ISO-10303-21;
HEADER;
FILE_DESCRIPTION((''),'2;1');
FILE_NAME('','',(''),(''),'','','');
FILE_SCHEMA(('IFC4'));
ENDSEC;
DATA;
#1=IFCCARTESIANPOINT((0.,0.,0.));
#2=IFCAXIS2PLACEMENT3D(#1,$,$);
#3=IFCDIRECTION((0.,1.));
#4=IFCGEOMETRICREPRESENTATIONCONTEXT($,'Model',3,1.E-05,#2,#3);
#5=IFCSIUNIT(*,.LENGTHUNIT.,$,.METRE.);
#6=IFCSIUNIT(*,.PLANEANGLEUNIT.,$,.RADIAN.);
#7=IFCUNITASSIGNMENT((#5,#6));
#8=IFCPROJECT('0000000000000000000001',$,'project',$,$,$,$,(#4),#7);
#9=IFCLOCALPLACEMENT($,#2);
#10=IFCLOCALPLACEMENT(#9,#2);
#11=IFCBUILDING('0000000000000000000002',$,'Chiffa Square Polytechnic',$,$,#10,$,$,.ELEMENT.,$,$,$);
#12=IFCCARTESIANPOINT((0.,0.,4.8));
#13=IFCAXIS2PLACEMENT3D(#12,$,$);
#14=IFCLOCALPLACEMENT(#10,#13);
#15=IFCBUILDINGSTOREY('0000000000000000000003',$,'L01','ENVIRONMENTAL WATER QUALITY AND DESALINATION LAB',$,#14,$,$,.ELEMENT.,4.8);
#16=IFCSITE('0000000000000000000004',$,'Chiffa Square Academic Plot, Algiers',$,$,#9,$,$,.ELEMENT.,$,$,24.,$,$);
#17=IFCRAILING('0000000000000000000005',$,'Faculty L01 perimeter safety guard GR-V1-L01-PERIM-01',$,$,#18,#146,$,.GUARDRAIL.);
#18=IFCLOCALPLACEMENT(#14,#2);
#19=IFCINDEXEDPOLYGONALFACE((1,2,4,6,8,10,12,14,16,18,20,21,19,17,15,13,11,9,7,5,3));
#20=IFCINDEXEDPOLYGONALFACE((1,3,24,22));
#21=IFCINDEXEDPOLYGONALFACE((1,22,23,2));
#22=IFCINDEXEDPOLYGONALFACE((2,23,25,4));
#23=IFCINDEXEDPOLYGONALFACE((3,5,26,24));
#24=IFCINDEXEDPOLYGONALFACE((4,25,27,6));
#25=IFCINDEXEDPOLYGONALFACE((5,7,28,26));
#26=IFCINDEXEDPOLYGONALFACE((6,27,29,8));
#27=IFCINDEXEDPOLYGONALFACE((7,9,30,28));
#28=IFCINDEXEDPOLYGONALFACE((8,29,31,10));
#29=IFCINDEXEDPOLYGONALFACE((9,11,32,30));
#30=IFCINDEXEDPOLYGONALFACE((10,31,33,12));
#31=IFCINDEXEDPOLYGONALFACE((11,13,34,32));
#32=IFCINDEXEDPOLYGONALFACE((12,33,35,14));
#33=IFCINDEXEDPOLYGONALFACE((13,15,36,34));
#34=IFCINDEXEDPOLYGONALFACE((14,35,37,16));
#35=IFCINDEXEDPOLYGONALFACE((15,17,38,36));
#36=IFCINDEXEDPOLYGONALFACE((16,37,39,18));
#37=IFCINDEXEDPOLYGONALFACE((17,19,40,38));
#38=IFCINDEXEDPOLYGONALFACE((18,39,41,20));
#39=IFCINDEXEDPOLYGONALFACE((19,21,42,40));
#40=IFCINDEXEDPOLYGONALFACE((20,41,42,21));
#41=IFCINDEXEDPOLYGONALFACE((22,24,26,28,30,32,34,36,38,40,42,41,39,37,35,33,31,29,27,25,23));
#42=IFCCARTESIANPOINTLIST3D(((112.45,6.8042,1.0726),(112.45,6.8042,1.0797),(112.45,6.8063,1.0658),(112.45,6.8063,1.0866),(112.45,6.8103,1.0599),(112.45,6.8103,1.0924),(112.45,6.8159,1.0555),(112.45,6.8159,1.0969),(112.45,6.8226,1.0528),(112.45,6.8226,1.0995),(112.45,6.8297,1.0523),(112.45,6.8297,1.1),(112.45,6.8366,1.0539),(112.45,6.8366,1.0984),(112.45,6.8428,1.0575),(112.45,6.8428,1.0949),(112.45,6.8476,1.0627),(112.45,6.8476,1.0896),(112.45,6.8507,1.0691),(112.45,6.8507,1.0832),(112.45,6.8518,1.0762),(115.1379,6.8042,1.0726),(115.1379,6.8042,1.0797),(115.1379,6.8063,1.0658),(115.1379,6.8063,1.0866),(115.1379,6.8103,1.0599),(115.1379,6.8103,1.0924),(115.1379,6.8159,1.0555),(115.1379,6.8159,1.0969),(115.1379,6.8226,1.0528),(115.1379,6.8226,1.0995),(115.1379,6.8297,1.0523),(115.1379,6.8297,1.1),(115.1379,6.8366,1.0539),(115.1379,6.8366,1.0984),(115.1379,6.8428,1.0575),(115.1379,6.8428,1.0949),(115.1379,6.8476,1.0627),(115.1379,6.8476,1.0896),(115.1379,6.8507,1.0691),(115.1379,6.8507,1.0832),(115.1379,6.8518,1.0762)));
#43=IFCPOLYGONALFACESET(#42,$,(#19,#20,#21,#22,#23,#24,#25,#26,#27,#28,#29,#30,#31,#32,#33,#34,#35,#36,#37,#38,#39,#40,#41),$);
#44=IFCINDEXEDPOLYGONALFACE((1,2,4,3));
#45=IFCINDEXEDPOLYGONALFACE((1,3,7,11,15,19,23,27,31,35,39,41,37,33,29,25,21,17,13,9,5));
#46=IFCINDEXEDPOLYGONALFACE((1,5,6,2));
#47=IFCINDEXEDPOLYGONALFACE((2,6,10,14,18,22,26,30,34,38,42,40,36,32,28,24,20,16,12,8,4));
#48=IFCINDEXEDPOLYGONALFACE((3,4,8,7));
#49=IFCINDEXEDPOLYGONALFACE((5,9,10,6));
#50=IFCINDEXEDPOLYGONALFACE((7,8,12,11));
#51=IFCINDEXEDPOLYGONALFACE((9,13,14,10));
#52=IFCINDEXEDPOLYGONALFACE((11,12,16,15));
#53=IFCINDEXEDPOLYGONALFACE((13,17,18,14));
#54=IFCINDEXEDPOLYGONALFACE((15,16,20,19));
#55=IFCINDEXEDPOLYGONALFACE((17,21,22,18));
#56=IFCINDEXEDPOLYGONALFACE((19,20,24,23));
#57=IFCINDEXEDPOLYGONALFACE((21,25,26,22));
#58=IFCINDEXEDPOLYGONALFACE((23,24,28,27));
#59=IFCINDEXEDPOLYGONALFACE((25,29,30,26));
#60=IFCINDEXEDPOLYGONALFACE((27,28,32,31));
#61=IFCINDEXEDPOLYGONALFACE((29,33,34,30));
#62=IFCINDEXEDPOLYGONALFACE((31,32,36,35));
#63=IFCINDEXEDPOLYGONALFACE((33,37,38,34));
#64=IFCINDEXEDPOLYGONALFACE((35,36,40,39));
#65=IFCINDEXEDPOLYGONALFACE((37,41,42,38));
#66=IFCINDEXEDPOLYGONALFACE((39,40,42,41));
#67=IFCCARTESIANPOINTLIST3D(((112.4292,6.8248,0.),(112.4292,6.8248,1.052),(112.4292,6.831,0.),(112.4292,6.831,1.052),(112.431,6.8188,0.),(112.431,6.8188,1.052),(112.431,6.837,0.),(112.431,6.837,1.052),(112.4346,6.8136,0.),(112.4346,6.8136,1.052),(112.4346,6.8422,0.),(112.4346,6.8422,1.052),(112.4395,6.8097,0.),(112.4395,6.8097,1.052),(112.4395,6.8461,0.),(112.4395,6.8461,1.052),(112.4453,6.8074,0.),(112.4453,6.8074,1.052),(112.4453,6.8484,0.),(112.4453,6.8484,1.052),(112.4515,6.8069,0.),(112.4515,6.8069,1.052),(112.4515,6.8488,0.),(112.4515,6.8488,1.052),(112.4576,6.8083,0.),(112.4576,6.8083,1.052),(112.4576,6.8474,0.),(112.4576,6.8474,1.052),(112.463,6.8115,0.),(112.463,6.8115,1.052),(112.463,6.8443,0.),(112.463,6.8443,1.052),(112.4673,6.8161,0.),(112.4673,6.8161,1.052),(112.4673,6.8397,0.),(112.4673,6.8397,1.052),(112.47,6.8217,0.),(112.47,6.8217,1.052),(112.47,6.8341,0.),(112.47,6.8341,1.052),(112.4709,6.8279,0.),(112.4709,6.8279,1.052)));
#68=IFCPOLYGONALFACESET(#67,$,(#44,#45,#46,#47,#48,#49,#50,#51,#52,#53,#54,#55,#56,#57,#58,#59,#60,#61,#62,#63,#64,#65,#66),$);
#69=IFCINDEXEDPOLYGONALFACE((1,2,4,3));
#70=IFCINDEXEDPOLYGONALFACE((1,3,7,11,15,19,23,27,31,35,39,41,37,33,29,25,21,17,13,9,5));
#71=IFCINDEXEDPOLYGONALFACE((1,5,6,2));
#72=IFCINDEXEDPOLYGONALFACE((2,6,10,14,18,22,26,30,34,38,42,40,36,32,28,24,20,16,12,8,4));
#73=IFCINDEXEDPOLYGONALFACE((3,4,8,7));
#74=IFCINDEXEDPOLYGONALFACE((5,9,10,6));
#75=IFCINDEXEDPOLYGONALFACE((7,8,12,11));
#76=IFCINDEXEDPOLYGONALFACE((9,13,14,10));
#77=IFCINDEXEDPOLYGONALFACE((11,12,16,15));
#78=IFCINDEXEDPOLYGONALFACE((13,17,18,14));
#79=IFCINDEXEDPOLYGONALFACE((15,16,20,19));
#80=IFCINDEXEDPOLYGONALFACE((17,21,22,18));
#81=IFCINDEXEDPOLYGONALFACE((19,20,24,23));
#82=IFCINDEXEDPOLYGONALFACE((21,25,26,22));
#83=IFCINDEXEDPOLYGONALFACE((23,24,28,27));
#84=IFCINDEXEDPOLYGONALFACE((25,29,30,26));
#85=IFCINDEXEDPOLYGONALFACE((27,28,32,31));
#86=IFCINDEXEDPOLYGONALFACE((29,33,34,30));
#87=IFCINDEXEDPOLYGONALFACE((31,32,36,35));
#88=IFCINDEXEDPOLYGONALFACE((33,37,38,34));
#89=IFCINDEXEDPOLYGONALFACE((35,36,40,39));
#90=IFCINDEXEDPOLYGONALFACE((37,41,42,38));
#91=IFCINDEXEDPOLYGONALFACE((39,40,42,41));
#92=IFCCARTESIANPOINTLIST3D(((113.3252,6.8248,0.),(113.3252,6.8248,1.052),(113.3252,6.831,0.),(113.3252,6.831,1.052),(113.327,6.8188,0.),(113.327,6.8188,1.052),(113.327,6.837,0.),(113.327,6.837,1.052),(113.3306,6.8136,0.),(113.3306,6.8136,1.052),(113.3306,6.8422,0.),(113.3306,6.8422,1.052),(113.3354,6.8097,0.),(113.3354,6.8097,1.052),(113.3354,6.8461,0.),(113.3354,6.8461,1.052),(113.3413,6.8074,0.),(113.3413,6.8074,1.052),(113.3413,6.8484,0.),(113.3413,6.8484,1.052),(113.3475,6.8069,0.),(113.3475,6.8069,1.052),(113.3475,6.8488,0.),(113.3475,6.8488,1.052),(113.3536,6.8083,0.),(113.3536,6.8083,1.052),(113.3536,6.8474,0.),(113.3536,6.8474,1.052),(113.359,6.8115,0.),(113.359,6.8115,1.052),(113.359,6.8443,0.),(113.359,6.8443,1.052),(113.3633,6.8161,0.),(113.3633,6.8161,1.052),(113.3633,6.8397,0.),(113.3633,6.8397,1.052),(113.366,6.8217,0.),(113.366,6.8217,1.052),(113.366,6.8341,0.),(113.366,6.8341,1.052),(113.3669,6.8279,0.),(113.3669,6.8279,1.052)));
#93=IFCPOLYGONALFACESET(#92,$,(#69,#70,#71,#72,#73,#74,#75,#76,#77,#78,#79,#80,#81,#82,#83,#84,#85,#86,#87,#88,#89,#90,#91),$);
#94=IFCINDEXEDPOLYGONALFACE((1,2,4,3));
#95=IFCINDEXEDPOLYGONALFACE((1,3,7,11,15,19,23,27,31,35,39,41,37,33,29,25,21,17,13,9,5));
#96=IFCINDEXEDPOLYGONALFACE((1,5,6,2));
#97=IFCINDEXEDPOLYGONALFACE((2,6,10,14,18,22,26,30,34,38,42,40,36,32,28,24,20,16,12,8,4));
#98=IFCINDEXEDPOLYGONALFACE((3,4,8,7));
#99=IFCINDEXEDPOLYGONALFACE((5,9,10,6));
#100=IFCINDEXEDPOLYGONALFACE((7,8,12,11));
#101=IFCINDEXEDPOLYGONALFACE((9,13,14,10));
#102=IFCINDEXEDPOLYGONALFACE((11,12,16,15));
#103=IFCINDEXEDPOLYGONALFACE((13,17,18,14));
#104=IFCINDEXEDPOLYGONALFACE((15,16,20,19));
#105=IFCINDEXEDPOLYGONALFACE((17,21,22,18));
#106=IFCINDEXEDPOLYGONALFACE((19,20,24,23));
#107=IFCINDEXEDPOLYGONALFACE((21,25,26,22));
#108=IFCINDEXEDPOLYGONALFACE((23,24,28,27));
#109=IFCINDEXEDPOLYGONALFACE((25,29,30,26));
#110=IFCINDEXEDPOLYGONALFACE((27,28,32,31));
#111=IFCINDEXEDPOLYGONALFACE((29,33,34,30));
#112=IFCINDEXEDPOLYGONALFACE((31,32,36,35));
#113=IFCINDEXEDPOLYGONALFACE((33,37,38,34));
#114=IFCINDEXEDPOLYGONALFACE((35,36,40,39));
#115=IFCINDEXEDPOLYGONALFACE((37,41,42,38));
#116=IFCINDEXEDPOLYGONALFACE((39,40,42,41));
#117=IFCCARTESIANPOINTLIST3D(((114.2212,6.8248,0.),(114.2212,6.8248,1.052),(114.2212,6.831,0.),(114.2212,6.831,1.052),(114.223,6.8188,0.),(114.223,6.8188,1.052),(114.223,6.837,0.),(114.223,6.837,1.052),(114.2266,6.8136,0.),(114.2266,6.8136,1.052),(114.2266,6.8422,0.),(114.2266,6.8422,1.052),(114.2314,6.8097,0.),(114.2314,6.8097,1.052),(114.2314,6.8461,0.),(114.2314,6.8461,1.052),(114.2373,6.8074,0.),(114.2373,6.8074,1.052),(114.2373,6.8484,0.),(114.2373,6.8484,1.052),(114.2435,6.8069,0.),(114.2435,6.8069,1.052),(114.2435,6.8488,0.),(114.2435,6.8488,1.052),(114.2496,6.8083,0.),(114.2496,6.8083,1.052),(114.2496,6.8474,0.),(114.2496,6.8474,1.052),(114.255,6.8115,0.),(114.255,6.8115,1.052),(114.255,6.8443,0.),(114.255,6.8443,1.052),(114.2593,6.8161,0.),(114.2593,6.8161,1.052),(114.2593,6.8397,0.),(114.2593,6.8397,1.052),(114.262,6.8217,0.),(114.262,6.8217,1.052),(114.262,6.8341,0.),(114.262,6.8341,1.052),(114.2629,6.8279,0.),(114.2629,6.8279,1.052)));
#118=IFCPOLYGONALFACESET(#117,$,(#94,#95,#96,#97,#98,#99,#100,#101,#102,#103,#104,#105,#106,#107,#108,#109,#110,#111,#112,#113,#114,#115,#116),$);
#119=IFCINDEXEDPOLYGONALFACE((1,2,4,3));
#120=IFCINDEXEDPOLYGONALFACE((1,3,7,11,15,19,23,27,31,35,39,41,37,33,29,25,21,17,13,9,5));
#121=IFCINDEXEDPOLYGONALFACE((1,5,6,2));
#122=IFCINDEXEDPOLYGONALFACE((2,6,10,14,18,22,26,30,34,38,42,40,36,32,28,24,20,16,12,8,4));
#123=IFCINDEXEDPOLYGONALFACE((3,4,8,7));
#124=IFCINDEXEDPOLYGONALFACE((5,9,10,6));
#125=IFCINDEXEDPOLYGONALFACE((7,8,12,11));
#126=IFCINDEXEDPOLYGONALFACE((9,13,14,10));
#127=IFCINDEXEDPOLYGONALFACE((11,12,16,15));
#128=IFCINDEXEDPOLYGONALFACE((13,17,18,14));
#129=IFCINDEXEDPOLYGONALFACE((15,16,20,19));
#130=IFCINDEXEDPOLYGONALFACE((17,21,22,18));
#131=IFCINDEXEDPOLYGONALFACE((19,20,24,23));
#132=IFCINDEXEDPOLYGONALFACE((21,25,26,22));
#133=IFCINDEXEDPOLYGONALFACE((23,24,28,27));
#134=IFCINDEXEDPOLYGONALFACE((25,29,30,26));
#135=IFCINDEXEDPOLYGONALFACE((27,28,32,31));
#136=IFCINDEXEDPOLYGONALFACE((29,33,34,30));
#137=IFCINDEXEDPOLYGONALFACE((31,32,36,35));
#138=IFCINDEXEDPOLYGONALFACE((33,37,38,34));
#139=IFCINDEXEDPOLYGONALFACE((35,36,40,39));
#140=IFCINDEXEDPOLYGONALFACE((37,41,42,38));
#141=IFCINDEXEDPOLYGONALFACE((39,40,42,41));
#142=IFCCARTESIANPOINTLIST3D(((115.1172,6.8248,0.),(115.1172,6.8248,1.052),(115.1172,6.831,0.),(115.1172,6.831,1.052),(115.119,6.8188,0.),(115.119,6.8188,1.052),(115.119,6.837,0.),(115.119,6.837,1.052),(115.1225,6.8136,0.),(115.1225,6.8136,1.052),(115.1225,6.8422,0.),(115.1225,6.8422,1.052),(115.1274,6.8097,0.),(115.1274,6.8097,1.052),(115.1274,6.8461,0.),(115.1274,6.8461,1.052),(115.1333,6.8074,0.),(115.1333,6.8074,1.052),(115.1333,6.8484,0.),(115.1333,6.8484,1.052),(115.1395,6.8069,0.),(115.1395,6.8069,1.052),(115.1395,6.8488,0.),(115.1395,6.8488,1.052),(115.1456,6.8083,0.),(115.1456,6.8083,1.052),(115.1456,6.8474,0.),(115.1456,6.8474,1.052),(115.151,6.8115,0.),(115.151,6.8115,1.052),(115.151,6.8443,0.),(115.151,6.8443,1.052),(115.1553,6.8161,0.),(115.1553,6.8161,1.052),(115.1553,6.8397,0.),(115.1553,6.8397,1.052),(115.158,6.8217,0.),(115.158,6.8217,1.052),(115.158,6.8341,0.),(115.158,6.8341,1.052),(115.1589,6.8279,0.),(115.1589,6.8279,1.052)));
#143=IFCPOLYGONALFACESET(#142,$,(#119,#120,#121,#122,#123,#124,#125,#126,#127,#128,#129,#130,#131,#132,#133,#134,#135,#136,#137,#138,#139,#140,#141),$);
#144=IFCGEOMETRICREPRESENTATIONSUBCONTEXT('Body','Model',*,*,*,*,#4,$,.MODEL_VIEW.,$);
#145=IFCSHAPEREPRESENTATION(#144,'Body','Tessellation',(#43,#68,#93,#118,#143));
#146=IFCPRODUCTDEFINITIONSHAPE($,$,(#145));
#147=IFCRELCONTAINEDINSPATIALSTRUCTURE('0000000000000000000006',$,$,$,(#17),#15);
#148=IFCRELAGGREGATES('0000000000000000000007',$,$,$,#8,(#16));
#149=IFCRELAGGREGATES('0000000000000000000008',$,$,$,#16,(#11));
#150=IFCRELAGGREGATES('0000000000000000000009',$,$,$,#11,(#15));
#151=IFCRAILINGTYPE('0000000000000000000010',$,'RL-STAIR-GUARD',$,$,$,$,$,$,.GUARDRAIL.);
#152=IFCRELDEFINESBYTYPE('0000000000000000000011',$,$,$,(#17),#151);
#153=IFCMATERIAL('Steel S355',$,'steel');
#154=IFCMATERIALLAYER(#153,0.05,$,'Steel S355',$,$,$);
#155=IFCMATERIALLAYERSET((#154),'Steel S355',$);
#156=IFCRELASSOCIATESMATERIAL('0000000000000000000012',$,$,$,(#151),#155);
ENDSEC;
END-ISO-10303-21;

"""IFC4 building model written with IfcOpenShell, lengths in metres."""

from ifc_helpers import new_model, si_unit, direction, frame, origin, origin_2d, place, context, subcontext, project, spatial, circle, extrude, material, layer, layer_set, type_object, element, save


model = new_model("IFC4")

# Units and contexts
model_context = context("Model", 3, precision=1e-05, world=origin(), true_north=direction((0.0, 1.0)))
body_context = subcontext(model_context, "Body", "Model", "MODEL_VIEW")
ifc_project = project(units=[si_unit("LENGTHUNIT", "METRE"), si_unit("PLANEANGLEUNIT", "RADIAN")], contexts=[model_context])

# Site, building, storey
site_placement = place(None, origin())
site = spatial("IfcSite", under=ifc_project, at=site_placement, Name="Chiffa Square Academic Plot, Algiers", CompositionType="ELEMENT", RefElevation=24.0)
building_placement = place(site_placement, origin())
building = spatial("IfcBuilding", under=site, at=building_placement, Name="Chiffa Square Polytechnic", CompositionType="ELEMENT")
storey_placement = place(building_placement, frame((0.0, 0.0, 4.8)))
storey = spatial("IfcBuildingStorey", under=building, at=storey_placement, Name="L01", Description="ENVIRONMENTAL WATER QUALITY AND DESALINATION LAB", CompositionType="ELEMENT", Elevation=4.8)

# Shared definitions
ifc_material_1 = material(Name="Steel S355", Category="steel")

# Railing
ifc_layer_1 = layer(ifc_material_1, 0.05, Name="Steel S355")
ifc_layer_set_1 = layer_set([ifc_layer_1], Name="Steel S355")
railing_type = type_object("IfcRailingType", Name="RL-STAIR-GUARD", PredefinedType="GUARDRAIL", material=ifc_layer_set_1)
railing_placement = place(storey_placement, frame((112.45, 6.8279, 0.0)))
element("IfcRailing", 1, at=railing_placement, inside=storey, type_object=railing_type, Name="Faculty L01 perimeter safety guard GR-V1-L01-PERIM-01", PredefinedType="GUARDRAIL", context=body_context, shape_type="SweptSolid", body=[
    extrude(circle(Radius=0.0239, at=origin_2d()), frame((0.0, 0.0, 1.0762), z_axis=(1.0, 0.0, 0.0), x_axis=(0.0, 1.0, 0.0)), (0.0, 0.0, 1.0), 2.688),
    extrude(circle(Radius=0.021, at=origin_2d()), origin(), (0.0, 0.0, 1.0), 1.052),
    extrude(circle(Radius=0.021, at=origin_2d()), frame((0.896, 0.0, 0.0)), (0.0, 0.0, 1.0), 1.052),
    extrude(circle(Radius=0.021, at=origin_2d()), frame((1.792, 0.0, 0.0)), (0.0, 0.0, 1.0), 1.052),
    extrude(circle(Radius=0.021, at=origin_2d()), frame((2.688, 0.0, 0.0)), (0.0, 0.0, 1.0), 1.052),
])

save(model, "model.ifc")
